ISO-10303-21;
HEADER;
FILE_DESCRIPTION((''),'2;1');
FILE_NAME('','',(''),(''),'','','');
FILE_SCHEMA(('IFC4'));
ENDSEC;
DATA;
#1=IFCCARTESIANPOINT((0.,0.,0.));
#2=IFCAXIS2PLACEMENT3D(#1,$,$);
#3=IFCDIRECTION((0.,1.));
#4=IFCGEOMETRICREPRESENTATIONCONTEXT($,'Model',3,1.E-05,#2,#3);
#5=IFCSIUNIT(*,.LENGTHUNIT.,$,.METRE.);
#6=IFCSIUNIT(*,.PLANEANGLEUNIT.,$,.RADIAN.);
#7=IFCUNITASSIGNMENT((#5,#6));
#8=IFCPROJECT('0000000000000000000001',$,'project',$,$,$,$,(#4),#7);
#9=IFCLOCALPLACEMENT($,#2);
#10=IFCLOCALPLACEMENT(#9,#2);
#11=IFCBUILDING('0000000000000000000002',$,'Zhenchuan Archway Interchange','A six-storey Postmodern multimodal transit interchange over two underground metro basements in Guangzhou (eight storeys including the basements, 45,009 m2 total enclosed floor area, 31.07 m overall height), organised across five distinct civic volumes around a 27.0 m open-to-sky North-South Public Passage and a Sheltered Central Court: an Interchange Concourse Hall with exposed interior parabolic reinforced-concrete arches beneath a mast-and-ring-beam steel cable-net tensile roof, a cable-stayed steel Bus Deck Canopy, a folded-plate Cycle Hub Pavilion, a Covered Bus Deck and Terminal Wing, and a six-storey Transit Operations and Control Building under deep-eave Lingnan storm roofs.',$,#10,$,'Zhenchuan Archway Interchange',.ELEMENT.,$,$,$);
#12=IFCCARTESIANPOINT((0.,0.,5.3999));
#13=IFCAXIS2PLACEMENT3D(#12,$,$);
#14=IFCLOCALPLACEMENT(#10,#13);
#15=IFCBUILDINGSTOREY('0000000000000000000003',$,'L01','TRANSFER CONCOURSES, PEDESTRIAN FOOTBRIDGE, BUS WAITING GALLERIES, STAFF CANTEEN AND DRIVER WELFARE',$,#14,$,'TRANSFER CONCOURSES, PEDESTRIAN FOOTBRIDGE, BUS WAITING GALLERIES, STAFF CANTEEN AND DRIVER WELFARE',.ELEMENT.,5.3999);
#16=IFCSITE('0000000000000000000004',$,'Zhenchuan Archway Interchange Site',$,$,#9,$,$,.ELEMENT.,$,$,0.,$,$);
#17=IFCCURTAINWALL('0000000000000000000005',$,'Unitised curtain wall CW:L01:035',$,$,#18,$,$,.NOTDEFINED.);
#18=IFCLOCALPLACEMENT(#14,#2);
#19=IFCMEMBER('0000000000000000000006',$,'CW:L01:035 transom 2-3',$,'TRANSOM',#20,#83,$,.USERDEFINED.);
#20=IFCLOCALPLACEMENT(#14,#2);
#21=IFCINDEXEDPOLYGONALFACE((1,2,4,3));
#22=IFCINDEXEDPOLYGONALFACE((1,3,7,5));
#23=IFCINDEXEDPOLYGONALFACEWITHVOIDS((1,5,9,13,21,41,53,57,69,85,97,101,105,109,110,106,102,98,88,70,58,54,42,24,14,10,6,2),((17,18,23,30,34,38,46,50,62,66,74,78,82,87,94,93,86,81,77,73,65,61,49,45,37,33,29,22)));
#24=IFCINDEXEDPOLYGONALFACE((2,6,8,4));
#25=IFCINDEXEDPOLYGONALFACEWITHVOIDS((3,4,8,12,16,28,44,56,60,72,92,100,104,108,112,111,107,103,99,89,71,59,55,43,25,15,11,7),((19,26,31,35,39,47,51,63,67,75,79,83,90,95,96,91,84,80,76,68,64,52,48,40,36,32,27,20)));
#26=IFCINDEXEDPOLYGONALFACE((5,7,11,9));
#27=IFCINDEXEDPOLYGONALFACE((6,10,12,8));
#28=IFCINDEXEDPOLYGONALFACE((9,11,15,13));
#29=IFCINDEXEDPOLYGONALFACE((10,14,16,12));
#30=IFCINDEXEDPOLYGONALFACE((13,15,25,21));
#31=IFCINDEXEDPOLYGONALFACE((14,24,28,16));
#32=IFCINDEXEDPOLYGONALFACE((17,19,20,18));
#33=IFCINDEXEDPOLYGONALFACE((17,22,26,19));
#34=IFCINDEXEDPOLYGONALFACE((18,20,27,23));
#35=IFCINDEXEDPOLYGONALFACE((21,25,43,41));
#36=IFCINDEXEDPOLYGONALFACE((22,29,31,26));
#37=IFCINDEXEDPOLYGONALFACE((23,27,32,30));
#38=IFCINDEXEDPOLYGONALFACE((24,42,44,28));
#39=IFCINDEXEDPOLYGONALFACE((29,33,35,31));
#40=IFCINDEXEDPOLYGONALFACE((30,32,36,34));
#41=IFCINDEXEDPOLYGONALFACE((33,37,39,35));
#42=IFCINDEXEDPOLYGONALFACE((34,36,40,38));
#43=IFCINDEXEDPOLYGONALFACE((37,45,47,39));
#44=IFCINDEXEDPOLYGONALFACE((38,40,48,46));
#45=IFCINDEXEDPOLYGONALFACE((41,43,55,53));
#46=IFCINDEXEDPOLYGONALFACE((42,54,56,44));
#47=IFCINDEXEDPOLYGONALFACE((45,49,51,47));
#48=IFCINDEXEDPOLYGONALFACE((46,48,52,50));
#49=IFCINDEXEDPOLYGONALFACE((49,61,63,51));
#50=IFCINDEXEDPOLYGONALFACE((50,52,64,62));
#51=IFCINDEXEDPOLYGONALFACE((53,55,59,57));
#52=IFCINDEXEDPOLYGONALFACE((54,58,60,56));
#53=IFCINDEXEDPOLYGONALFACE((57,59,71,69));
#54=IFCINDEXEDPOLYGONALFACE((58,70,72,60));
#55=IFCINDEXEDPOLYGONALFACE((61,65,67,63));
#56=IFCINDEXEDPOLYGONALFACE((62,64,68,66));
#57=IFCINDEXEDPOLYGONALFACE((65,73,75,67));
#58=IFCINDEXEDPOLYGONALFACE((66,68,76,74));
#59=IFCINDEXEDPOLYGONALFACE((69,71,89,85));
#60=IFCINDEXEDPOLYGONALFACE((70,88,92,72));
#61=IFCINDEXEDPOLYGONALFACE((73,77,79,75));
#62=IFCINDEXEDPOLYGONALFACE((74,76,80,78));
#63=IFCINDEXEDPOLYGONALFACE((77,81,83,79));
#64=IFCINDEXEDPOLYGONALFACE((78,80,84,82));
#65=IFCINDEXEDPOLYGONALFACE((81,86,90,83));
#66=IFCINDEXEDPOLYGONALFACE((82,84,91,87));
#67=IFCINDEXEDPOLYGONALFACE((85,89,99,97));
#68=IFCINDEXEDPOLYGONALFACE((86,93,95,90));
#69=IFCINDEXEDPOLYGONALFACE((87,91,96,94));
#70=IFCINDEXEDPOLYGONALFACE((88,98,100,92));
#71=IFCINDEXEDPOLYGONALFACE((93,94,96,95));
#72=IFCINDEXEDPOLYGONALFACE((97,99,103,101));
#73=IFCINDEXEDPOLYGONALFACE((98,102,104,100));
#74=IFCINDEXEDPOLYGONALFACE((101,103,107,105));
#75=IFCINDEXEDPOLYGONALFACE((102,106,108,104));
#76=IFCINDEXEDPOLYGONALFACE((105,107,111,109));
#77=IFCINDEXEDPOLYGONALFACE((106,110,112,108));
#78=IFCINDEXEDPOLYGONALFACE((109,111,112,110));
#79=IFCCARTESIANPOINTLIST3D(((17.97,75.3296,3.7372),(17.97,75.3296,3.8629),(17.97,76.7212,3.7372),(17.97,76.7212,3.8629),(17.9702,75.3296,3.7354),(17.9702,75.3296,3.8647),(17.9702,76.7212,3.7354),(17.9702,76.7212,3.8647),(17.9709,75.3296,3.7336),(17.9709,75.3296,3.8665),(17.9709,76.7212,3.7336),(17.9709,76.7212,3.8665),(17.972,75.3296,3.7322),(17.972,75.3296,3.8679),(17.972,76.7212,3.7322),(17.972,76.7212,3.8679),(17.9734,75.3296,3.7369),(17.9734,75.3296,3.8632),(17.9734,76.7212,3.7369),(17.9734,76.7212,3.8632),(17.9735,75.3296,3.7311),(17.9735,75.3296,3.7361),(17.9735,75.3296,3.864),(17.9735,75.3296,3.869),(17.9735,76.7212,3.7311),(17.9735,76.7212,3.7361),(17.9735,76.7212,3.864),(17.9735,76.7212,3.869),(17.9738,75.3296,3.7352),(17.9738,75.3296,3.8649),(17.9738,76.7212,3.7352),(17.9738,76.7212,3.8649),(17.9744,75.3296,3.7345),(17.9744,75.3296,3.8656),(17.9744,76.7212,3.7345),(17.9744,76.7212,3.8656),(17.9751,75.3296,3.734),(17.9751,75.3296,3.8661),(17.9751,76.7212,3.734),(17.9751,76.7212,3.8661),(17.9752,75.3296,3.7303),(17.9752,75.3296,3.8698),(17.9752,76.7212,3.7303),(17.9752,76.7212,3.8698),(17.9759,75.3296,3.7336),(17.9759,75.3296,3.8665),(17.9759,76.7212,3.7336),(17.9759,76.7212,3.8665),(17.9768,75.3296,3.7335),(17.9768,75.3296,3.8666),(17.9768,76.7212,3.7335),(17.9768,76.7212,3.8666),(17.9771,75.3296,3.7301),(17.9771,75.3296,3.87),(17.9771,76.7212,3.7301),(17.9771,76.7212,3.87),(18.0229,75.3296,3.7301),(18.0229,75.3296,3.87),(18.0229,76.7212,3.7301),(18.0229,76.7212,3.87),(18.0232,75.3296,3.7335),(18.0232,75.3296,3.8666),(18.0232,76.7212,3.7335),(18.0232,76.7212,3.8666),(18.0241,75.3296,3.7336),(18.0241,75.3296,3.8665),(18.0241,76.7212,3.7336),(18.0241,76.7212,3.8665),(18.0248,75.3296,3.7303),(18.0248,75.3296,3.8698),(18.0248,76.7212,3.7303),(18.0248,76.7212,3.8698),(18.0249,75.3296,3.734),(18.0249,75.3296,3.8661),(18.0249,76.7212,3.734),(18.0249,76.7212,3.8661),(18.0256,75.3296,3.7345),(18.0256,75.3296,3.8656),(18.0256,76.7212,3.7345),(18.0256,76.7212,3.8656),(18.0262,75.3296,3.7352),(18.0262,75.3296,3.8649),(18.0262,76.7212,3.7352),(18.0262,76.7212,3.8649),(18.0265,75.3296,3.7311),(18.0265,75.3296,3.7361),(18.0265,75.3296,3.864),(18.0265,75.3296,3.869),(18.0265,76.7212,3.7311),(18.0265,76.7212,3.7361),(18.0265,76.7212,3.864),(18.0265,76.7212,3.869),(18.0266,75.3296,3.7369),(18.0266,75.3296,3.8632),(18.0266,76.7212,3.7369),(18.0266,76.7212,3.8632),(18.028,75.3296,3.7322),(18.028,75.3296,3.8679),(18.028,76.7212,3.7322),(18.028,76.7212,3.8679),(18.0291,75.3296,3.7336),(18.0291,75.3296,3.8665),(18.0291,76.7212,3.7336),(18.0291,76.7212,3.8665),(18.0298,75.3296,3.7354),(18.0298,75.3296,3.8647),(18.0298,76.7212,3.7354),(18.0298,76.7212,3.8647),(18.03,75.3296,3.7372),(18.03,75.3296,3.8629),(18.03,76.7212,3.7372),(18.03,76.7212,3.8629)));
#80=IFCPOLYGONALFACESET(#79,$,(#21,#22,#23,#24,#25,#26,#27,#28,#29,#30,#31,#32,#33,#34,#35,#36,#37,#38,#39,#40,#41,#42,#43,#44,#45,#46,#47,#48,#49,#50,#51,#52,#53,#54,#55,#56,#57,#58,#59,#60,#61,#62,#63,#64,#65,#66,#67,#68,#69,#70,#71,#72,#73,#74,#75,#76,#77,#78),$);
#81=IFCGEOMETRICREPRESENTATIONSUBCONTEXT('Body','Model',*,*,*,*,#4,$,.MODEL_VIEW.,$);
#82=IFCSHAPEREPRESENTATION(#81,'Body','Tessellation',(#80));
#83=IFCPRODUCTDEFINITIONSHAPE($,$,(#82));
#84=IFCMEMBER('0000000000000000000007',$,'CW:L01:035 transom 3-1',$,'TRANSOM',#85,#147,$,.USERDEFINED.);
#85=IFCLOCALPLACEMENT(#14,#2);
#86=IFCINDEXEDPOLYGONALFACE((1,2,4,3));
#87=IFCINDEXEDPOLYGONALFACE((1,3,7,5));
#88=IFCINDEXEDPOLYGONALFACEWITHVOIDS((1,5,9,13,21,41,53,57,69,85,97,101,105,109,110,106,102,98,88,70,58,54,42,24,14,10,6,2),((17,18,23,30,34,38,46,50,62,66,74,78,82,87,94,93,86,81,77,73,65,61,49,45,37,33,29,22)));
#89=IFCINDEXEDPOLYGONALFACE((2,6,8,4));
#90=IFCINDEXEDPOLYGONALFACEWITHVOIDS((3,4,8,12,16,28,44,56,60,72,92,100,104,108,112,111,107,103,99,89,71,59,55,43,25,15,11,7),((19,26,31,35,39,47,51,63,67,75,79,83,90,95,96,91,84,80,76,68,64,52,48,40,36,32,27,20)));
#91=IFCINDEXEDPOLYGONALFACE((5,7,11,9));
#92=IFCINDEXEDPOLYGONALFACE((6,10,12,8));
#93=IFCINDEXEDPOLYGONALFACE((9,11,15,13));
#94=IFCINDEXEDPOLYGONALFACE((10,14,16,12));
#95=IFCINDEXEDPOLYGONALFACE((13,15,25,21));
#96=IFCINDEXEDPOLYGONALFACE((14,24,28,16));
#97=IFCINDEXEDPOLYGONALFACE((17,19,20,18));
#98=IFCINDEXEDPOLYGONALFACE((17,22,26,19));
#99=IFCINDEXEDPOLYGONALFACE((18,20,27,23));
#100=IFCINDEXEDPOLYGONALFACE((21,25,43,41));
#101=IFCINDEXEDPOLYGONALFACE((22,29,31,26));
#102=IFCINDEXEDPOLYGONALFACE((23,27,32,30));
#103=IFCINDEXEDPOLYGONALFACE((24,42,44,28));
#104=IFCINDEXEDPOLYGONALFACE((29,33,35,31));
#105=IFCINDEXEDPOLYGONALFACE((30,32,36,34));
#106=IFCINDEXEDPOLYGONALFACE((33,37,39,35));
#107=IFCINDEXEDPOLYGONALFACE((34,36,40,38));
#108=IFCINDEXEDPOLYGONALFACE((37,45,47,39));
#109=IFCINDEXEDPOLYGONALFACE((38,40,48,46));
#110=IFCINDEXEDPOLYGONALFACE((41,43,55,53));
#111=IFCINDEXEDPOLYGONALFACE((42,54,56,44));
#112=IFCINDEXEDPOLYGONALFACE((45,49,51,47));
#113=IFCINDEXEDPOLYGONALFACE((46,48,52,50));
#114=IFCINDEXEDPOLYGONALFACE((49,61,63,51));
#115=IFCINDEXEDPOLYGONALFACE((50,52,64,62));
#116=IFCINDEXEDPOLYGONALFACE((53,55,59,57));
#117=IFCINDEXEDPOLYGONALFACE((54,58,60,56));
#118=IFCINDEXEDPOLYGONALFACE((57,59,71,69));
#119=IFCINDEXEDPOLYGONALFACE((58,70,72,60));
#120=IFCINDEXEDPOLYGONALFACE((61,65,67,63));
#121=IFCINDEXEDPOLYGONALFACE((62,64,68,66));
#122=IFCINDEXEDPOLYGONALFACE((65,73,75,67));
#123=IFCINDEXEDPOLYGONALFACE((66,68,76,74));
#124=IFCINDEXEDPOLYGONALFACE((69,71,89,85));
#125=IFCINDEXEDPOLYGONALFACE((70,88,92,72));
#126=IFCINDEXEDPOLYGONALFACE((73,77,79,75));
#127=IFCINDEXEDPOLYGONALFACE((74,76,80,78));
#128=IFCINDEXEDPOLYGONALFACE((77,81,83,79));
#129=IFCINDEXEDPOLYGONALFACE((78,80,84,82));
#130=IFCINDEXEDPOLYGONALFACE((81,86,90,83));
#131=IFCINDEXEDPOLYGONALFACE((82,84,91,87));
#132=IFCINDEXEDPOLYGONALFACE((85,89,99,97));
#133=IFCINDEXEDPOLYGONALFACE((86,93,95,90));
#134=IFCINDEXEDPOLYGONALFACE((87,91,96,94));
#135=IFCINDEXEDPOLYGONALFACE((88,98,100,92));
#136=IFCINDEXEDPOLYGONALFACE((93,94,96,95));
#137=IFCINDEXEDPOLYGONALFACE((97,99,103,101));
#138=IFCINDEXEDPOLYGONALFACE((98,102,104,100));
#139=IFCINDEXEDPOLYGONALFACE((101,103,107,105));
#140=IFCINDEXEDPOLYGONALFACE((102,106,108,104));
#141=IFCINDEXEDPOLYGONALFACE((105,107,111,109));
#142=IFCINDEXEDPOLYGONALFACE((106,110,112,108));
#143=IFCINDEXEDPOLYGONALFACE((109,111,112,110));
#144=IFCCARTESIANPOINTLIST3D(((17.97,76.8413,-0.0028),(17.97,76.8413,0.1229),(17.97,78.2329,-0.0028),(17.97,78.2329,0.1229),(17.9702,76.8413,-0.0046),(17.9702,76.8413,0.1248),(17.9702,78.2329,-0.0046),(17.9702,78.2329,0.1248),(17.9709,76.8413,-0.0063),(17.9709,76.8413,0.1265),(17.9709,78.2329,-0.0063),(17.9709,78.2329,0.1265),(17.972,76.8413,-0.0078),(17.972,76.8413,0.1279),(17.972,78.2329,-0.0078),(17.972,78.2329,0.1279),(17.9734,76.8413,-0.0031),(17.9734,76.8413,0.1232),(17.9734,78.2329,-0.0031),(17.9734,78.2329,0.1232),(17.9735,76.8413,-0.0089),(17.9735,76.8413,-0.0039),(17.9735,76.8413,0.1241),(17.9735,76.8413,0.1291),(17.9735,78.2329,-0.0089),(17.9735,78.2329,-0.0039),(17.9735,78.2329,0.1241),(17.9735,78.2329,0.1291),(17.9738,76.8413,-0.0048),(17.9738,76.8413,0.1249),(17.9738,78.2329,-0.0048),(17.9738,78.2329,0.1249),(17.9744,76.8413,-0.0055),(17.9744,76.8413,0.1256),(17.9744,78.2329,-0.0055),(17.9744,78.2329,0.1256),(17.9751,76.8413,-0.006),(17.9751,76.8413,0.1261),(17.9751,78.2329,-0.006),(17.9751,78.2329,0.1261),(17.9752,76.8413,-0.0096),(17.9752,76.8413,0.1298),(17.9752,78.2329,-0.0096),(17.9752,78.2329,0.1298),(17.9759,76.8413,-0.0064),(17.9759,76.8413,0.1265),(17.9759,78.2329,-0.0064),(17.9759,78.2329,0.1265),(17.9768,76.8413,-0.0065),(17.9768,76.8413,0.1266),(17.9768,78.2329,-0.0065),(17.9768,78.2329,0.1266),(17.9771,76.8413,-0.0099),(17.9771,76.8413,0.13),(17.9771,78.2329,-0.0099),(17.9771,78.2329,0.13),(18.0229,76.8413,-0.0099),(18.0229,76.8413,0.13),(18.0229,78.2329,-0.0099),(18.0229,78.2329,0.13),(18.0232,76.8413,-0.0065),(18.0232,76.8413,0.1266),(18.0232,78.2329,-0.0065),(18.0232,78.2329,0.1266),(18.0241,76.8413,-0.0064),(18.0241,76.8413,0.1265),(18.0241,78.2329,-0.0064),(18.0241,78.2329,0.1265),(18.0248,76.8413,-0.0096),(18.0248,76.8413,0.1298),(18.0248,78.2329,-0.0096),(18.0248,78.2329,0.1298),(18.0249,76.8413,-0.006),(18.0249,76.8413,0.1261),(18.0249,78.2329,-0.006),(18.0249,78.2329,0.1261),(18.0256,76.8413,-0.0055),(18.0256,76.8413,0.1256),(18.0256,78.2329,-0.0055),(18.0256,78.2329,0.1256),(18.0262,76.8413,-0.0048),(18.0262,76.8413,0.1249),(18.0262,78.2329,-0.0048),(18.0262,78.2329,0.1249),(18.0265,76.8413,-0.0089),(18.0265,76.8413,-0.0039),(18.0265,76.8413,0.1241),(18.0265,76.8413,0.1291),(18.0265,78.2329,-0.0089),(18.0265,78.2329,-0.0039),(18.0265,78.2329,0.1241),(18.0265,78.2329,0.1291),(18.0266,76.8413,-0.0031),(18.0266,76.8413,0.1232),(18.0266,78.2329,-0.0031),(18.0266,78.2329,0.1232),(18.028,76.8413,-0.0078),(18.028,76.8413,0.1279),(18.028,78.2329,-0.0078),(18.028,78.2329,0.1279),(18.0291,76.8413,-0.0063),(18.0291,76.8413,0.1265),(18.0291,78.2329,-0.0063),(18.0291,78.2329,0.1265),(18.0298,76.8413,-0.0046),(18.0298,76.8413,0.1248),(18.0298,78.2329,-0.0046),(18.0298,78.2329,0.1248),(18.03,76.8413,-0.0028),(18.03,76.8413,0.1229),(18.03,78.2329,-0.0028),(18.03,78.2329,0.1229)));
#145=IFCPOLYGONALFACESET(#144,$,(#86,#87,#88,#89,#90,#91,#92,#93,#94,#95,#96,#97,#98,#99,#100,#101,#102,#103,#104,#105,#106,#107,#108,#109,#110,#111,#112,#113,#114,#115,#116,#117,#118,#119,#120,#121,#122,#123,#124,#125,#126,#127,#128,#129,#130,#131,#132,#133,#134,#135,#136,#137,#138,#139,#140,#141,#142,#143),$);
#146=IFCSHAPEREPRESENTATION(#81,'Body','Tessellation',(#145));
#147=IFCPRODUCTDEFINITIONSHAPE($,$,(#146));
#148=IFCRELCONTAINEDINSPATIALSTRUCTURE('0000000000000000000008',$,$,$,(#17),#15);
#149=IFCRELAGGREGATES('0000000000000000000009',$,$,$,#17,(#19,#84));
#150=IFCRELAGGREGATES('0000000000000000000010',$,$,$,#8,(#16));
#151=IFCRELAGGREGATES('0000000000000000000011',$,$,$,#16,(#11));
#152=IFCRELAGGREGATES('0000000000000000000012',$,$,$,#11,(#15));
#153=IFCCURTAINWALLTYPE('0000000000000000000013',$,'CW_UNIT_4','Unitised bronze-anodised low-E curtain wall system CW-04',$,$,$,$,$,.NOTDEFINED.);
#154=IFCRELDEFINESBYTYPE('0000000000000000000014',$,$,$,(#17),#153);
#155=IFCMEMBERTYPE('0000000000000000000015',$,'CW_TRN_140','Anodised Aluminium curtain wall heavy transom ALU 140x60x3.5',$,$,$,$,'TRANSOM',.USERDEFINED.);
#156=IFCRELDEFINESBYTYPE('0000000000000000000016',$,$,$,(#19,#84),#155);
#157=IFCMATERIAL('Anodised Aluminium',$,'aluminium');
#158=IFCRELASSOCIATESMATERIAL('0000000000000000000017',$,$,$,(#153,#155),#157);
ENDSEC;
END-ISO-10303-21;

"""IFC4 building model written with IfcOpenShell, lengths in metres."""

from ifc_helpers import new_model, si_unit, direction, frame, origin, origin_2d, place, context, subcontext, project, spatial, hollow_rectangle, extrude, material, material_profile, profile_set, type_object, element, aggregate, save


model = new_model("IFC4")

# Units and contexts
model_context = context("Model", 3, precision=1e-05, world=origin(), true_north=direction((0.0, 1.0)))
body_context = subcontext(model_context, "Body", "Model", "MODEL_VIEW")
ifc_project = project(units=[si_unit("LENGTHUNIT", "METRE"), si_unit("PLANEANGLEUNIT", "RADIAN")], contexts=[model_context])

# Site, building, storey
site_placement = place(None, origin())
site = spatial("IfcSite", under=ifc_project, at=site_placement, Name="Zhenchuan Archway Interchange Site", CompositionType="ELEMENT", RefElevation=0.0)
building_placement = place(site_placement, origin())
building = spatial("IfcBuilding", under=site, at=building_placement, Name="Zhenchuan Archway Interchange", Description="A six-storey Postmodern multimodal transit interchange over two underground metro basements in Guangzhou (eight storeys including the basements, 45,009 m2 total enclosed floor area, 31.07 m overall height), organised across five distinct civic volumes around a 27.0 m open-to-sky North-South Public Passage and a Sheltered Central Court: an Interchange Concourse Hall with exposed interior parabolic reinforced-concrete arches beneath a mast-and-ring-beam steel cable-net tensile roof, a cable-stayed steel Bus Deck Canopy, a folded-plate Cycle Hub Pavilion, a Covered Bus Deck and Terminal Wing, and a six-storey Transit Operations and Control Building under deep-eave Lingnan storm roofs.", LongName="Zhenchuan Archway Interchange", CompositionType="ELEMENT")
storey_placement = place(building_placement, frame((0.0, 0.0, 5.3999)))
storey = spatial("IfcBuildingStorey", under=building, at=storey_placement, Name="L01", Description="TRANSFER CONCOURSES, PEDESTRIAN FOOTBRIDGE, BUS WAITING GALLERIES, STAFF CANTEEN AND DRIVER WELFARE", LongName="TRANSFER CONCOURSES, PEDESTRIAN FOOTBRIDGE, BUS WAITING GALLERIES, STAFF CANTEEN AND DRIVER WELFARE", CompositionType="ELEMENT", Elevation=5.3999)

# Curtain wall, members
ifc_material_1 = material(Name="Anodised Aluminium", Category="aluminium")
curtain_wall_type = type_object("IfcCurtainWallType", Name="CW_UNIT_4", Description="Unitised bronze-anodised low-E curtain wall system CW-04", PredefinedType="NOTDEFINED", material=ifc_material_1)
curtain_wall_placement = place(storey_placement, origin())
curtain_wall = element("IfcCurtainWall", 1, at=curtain_wall_placement, inside=storey, type_object=curtain_wall_type, Name="Unitised curtain wall CW:L01:035", PredefinedType="NOTDEFINED")
ifc_material_profile_1 = material_profile(ifc_material_1, hollow_rectangle(XDim=0.0601, YDim=0.1399, WallThickness=0.0034, InnerFilletRadius=0.0034, OuterFilletRadius=0.0071, at=origin_2d()), Name="ALU 140x60x3.5")
ifc_profile_set_1 = profile_set([ifc_material_profile_1], Name="Anodised Aluminium")
member_type_1 = type_object("IfcMemberType", Name="CW_TRN_140", Description="Anodised Aluminium curtain wall heavy transom ALU 140x60x3.5", ElementType="TRANSOM", PredefinedType="USERDEFINED", material=ifc_profile_set_1)
member_1_placement = place(storey_placement, frame((18.0, 75.3296, 3.8), z_axis=(0.0, 1.0, 0.0), x_axis=(-1.0, 0.0, 0.0)))
member_1 = element("IfcMember", 2, at=member_1_placement, type_object=member_type_1, Name="CW:L01:035 transom 2-3", ObjectType="TRANSOM", PredefinedType="USERDEFINED", context=body_context, shape_type="SweptSolid", body=[
    extrude(hollow_rectangle(XDim=0.0601, YDim=0.1399, WallThickness=0.0034, InnerFilletRadius=0.0034, OuterFilletRadius=0.0071, at=origin_2d()), origin(), (0.0, 0.0, 1.0), 1.3916),
])
member_2_placement = place(storey_placement, frame((18.0, 76.8413, 0.0601), z_axis=(0.0, 1.0, 0.0), x_axis=(-1.0, 0.0, 0.0)))
member_2 = element("IfcMember", 3, at=member_2_placement, type_object=member_type_1, Name="CW:L01:035 transom 3-1", ObjectType="TRANSOM", PredefinedType="USERDEFINED", context=body_context, shape_type="SweptSolid", body=[
    extrude(hollow_rectangle(XDim=0.0601, YDim=0.1399, WallThickness=0.0034, InnerFilletRadius=0.0034, OuterFilletRadius=0.0071, at=origin_2d()), origin(), (0.0, 0.0, 1.0), 1.3916),
])
aggregate(curtain_wall, [member_1, member_2])

save(model, "model.ifc")
